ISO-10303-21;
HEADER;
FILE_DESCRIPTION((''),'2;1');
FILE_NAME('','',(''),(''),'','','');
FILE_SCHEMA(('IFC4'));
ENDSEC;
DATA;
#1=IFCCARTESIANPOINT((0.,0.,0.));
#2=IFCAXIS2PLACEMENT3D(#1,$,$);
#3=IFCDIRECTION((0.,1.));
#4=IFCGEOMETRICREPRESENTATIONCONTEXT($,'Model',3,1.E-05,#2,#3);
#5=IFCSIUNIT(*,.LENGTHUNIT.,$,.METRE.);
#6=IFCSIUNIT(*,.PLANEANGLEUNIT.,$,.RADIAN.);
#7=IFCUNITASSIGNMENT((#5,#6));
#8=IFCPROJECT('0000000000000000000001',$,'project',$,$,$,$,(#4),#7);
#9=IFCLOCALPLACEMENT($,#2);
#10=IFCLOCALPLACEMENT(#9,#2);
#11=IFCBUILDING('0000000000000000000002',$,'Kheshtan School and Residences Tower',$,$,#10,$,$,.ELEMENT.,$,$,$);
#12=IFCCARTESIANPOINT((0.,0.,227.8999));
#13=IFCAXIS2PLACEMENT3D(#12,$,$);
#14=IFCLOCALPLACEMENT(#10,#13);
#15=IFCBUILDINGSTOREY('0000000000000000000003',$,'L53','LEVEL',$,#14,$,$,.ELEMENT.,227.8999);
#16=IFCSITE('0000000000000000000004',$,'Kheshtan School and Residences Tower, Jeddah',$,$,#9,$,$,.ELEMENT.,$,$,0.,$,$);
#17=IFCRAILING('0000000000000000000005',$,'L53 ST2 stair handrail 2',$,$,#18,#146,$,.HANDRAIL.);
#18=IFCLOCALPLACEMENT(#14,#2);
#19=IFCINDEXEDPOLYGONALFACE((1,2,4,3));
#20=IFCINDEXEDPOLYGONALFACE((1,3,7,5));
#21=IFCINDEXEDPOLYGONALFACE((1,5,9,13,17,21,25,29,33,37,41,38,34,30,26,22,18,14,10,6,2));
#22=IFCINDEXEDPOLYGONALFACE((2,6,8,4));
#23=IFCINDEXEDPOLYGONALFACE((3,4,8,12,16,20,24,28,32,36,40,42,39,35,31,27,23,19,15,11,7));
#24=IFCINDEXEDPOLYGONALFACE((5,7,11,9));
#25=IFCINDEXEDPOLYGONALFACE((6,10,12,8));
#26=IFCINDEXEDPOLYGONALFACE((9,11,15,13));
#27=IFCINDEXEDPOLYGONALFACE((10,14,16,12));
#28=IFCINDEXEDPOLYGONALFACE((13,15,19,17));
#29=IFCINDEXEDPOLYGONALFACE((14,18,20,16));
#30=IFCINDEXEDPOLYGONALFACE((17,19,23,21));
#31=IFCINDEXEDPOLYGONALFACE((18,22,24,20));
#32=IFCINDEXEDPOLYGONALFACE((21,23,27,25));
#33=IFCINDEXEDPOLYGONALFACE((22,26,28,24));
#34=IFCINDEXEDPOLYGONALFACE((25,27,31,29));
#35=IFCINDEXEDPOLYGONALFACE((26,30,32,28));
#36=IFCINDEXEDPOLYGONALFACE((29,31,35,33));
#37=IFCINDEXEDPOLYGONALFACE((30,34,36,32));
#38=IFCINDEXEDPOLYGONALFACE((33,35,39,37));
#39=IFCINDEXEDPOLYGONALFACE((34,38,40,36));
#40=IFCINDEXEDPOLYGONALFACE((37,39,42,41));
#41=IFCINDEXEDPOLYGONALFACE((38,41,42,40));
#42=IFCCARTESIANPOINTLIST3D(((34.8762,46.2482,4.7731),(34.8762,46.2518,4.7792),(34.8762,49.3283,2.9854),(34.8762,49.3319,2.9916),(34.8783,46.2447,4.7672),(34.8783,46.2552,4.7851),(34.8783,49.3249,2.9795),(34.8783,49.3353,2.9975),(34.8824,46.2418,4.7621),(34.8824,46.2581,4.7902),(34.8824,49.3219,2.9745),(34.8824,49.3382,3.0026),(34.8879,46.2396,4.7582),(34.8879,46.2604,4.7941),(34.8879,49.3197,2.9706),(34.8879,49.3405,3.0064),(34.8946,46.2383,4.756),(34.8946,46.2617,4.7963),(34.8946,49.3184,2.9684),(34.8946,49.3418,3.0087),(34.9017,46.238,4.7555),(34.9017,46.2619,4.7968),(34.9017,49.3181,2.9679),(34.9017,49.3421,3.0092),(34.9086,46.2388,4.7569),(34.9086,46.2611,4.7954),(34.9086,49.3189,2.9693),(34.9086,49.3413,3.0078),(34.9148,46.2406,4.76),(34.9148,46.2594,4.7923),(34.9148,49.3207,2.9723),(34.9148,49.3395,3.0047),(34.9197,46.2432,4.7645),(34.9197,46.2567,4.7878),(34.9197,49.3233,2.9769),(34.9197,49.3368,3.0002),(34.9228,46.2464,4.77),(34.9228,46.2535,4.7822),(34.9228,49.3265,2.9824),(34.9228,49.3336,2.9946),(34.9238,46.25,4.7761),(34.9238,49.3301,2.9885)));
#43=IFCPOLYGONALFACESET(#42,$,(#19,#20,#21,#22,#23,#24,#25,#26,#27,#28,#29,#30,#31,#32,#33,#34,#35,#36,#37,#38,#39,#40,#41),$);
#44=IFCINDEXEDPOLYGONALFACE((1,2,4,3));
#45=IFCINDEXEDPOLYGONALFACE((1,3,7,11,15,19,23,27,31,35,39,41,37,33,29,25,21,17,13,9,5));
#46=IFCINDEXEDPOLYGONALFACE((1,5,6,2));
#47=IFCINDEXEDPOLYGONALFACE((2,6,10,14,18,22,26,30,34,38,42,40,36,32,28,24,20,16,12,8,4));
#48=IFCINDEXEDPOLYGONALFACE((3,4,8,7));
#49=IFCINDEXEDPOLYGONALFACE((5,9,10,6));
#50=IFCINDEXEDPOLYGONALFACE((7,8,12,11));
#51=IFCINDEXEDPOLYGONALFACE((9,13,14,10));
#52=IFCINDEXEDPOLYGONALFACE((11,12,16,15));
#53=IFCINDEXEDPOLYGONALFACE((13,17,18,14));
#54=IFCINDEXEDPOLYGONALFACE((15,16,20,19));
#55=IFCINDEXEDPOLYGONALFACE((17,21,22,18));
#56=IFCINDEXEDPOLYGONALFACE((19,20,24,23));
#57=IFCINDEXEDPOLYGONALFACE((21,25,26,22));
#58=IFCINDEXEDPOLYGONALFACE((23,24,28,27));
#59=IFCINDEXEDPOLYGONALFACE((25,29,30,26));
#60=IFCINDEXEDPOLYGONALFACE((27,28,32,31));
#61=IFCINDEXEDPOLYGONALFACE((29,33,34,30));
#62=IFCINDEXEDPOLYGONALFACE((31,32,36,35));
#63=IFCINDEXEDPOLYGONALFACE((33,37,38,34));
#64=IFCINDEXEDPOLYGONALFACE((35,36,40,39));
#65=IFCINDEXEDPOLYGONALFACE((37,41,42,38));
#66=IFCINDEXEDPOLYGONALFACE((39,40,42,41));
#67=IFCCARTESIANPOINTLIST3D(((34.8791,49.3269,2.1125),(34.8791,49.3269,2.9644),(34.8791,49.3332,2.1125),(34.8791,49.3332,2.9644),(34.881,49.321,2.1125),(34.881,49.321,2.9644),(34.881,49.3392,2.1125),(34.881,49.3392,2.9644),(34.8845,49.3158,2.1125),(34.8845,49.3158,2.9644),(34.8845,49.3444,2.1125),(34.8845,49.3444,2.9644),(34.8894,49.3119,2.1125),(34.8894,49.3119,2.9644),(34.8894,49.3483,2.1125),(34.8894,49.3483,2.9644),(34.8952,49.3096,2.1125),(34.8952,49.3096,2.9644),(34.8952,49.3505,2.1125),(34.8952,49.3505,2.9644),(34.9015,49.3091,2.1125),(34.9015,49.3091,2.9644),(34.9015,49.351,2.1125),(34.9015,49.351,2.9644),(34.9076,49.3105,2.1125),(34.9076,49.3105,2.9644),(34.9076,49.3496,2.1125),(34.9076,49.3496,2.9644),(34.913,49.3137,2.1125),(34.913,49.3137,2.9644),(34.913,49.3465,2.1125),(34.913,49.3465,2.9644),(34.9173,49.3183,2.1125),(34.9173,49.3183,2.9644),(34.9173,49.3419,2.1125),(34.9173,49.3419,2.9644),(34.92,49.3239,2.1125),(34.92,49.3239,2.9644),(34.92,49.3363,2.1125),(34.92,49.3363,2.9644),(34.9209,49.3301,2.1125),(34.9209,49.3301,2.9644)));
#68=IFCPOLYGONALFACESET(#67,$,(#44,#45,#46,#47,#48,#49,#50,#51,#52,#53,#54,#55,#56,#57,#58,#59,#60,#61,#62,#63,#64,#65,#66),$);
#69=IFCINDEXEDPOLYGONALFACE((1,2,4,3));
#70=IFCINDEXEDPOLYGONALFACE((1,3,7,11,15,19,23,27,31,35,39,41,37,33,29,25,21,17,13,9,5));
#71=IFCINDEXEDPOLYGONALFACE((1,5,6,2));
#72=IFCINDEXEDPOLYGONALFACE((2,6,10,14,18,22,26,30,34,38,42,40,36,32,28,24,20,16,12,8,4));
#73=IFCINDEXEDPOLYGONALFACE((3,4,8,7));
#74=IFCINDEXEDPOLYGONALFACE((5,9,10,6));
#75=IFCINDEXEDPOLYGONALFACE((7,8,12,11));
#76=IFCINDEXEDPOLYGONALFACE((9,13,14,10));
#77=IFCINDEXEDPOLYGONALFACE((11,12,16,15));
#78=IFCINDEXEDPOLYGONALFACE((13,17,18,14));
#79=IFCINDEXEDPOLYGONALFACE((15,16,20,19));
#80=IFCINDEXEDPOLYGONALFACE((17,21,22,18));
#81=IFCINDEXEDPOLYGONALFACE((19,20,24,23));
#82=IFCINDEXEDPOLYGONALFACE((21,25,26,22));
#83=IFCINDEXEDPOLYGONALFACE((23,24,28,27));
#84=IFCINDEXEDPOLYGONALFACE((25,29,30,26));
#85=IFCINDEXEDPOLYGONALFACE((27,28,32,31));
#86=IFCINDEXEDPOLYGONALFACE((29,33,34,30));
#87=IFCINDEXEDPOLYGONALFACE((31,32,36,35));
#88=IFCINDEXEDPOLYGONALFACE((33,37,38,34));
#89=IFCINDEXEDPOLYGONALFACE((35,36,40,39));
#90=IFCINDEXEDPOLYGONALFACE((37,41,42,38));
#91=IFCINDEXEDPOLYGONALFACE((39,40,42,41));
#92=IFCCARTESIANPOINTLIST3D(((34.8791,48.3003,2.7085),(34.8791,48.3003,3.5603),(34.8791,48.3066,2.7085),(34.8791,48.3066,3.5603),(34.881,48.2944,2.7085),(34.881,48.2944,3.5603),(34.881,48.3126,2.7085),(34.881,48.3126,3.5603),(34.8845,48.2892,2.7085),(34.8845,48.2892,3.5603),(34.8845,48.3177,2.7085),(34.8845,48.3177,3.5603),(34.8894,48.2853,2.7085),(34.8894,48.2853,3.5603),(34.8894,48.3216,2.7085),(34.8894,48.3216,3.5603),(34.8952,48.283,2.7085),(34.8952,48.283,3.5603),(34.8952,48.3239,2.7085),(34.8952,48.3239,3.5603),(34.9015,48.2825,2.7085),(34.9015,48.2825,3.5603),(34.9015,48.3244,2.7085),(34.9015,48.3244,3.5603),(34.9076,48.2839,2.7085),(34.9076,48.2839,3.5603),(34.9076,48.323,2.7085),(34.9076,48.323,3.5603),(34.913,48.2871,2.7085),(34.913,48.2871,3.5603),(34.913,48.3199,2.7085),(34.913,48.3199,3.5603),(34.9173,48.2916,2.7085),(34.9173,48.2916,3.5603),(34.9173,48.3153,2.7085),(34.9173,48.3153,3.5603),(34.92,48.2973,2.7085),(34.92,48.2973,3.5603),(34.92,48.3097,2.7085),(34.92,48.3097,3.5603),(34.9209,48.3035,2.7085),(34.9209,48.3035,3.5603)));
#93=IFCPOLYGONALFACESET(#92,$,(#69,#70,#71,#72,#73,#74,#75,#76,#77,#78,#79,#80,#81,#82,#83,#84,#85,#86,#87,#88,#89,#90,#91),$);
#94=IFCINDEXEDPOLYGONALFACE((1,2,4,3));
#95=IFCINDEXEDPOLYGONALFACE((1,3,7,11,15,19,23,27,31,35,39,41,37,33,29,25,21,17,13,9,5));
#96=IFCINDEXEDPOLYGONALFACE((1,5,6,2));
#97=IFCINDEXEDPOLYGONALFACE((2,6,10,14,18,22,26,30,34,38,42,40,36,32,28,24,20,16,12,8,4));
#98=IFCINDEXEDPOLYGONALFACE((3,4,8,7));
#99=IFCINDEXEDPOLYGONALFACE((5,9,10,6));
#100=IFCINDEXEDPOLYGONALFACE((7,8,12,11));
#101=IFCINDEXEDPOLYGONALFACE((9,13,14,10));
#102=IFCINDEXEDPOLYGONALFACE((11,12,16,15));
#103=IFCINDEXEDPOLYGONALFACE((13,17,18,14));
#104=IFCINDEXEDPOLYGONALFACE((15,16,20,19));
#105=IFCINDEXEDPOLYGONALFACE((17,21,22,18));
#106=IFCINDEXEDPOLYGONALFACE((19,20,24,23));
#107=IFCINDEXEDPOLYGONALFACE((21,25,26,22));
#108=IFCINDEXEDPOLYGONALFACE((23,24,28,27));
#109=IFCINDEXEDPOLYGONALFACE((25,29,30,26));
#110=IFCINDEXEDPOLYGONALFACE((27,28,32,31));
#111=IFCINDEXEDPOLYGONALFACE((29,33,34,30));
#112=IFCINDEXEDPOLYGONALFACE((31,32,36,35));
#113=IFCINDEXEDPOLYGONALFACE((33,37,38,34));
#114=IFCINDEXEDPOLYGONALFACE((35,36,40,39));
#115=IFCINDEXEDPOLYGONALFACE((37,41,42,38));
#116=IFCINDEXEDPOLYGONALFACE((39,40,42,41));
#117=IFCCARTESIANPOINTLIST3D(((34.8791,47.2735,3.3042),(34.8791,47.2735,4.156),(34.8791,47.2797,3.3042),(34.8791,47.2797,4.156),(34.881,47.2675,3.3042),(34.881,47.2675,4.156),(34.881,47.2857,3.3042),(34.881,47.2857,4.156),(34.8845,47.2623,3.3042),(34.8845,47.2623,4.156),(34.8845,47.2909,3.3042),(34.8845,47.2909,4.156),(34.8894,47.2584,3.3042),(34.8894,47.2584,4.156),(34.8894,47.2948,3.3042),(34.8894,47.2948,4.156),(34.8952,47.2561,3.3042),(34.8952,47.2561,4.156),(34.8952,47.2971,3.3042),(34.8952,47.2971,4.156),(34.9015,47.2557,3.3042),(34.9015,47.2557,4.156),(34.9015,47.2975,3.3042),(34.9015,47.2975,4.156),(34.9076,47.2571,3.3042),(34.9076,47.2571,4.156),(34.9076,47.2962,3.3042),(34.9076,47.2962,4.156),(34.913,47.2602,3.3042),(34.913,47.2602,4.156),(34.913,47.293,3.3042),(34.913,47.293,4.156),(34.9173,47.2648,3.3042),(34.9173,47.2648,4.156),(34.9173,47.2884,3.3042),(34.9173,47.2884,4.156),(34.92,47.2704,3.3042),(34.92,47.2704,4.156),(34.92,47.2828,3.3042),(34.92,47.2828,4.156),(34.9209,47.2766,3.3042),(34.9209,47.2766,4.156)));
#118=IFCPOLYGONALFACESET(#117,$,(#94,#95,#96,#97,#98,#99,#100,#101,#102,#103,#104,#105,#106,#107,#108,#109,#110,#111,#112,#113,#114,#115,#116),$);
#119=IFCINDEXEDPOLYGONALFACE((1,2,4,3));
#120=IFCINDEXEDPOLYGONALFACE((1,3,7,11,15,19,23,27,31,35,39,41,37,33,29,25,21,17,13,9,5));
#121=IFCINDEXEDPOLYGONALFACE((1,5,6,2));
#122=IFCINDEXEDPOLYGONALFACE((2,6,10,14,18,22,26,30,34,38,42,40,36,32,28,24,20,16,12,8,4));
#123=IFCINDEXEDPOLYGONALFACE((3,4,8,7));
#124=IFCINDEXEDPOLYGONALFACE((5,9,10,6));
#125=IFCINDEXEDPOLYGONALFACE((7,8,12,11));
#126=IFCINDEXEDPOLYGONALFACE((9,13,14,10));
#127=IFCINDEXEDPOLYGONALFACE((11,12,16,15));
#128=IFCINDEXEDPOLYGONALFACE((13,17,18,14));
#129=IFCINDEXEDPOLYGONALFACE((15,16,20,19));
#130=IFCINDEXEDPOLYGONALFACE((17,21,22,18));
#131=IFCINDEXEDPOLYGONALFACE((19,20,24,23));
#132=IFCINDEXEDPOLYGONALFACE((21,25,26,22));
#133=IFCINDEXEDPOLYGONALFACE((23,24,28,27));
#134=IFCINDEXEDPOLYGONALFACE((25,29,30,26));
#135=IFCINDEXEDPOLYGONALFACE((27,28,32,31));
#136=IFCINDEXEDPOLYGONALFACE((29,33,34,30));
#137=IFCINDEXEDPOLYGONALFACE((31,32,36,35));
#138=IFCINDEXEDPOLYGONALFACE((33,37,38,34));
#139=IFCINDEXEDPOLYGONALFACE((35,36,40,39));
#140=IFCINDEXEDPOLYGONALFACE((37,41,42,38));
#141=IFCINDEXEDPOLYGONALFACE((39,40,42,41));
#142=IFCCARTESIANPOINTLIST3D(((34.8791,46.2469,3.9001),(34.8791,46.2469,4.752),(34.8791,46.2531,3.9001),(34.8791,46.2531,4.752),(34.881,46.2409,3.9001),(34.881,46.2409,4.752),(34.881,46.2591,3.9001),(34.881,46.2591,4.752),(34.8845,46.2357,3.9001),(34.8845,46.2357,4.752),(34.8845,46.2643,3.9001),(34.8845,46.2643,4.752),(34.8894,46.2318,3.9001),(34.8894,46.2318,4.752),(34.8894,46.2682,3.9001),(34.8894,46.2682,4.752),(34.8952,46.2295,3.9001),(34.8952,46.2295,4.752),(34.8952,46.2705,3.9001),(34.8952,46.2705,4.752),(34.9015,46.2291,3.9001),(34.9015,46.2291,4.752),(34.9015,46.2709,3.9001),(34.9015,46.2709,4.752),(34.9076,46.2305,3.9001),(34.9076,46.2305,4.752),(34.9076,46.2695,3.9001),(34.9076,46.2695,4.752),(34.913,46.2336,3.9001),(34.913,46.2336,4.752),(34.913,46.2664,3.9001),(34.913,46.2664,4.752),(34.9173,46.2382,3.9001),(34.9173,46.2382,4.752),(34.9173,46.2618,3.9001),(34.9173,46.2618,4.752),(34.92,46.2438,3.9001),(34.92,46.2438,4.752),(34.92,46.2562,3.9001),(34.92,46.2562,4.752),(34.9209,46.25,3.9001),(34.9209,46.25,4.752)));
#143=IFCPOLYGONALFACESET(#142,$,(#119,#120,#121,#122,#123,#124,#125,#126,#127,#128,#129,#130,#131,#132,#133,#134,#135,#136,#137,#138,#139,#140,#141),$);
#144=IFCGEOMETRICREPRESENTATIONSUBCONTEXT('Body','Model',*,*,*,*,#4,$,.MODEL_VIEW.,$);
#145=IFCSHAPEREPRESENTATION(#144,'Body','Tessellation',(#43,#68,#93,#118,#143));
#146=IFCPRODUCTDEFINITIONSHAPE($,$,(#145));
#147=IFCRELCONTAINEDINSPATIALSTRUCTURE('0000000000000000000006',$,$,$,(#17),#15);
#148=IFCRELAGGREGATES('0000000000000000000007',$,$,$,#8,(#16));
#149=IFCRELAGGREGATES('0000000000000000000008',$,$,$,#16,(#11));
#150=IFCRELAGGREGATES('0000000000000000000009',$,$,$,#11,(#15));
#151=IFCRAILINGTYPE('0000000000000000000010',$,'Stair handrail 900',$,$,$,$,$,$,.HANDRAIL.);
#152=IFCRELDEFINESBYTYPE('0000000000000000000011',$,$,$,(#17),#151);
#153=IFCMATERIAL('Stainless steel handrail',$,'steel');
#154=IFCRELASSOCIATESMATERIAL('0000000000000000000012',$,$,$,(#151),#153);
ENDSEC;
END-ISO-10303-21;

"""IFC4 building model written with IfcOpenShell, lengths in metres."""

from ifc_helpers import new_model, si_unit, direction, frame, origin, origin_2d, place, context, subcontext, project, spatial, circle, extrude, material, type_object, element, save


model = new_model("IFC4")

# Units and contexts
model_context = context("Model", 3, precision=1e-05, world=origin(), true_north=direction((0.0, 1.0)))
body_context = subcontext(model_context, "Body", "Model", "MODEL_VIEW")
ifc_project = project(units=[si_unit("LENGTHUNIT", "METRE"), si_unit("PLANEANGLEUNIT", "RADIAN")], contexts=[model_context])

# Site, building, storey
site_placement = place(None, origin())
site = spatial("IfcSite", under=ifc_project, at=site_placement, Name="Kheshtan School and Residences Tower, Jeddah", CompositionType="ELEMENT", RefElevation=0.0)
building_placement = place(site_placement, origin())
building = spatial("IfcBuilding", under=site, at=building_placement, Name="Kheshtan School and Residences Tower", CompositionType="ELEMENT")
storey_placement = place(building_placement, frame((0.0, 0.0, 227.8999)))
storey = spatial("IfcBuildingStorey", under=building, at=storey_placement, Name="L53", Description="LEVEL", CompositionType="ELEMENT", Elevation=227.8999)

# Railing
ifc_material_1 = material(Name="Stainless steel handrail", Category="steel")
railing_type_1 = type_object("IfcRailingType", Name="Stair handrail 900", PredefinedType="HANDRAIL", material=ifc_material_1)
railing_1_placement = place(storey_placement, frame((34.8999, 49.3301, 2.1125)))
element("IfcRailing", 1, at=railing_1_placement, inside=storey, type_object=railing_type_1, Name="L53 ST2 stair handrail 2", PredefinedType="HANDRAIL", context=body_context, shape_type="SweptSolid", body=[
    extrude(circle(Radius=0.0239, at=origin_2d()), frame((0.0, 0.0, 0.876), z_axis=(0.0, -0.864891, 0.50196), x_axis=(1.0, 0.0, 0.0)), (0.0, 0.0, 1.0), 3.5613),
    extrude(circle(Radius=0.021, at=origin_2d()), origin(), (0.0, 0.0, 1.0), 0.8518),
    extrude(circle(Radius=0.021, at=origin_2d()), frame((0.0, -1.0266, 0.5959)), (0.0, 0.0, 1.0), 0.8518),
    extrude(circle(Radius=0.021, at=origin_2d()), frame((0.0, -2.0535, 1.1917)), (0.0, 0.0, 1.0), 0.8518),
    extrude(circle(Radius=0.021, at=origin_2d()), frame((0.0, -3.0801, 1.7876)), (0.0, 0.0, 1.0), 0.8518),
])

save(model, "model.ifc")
